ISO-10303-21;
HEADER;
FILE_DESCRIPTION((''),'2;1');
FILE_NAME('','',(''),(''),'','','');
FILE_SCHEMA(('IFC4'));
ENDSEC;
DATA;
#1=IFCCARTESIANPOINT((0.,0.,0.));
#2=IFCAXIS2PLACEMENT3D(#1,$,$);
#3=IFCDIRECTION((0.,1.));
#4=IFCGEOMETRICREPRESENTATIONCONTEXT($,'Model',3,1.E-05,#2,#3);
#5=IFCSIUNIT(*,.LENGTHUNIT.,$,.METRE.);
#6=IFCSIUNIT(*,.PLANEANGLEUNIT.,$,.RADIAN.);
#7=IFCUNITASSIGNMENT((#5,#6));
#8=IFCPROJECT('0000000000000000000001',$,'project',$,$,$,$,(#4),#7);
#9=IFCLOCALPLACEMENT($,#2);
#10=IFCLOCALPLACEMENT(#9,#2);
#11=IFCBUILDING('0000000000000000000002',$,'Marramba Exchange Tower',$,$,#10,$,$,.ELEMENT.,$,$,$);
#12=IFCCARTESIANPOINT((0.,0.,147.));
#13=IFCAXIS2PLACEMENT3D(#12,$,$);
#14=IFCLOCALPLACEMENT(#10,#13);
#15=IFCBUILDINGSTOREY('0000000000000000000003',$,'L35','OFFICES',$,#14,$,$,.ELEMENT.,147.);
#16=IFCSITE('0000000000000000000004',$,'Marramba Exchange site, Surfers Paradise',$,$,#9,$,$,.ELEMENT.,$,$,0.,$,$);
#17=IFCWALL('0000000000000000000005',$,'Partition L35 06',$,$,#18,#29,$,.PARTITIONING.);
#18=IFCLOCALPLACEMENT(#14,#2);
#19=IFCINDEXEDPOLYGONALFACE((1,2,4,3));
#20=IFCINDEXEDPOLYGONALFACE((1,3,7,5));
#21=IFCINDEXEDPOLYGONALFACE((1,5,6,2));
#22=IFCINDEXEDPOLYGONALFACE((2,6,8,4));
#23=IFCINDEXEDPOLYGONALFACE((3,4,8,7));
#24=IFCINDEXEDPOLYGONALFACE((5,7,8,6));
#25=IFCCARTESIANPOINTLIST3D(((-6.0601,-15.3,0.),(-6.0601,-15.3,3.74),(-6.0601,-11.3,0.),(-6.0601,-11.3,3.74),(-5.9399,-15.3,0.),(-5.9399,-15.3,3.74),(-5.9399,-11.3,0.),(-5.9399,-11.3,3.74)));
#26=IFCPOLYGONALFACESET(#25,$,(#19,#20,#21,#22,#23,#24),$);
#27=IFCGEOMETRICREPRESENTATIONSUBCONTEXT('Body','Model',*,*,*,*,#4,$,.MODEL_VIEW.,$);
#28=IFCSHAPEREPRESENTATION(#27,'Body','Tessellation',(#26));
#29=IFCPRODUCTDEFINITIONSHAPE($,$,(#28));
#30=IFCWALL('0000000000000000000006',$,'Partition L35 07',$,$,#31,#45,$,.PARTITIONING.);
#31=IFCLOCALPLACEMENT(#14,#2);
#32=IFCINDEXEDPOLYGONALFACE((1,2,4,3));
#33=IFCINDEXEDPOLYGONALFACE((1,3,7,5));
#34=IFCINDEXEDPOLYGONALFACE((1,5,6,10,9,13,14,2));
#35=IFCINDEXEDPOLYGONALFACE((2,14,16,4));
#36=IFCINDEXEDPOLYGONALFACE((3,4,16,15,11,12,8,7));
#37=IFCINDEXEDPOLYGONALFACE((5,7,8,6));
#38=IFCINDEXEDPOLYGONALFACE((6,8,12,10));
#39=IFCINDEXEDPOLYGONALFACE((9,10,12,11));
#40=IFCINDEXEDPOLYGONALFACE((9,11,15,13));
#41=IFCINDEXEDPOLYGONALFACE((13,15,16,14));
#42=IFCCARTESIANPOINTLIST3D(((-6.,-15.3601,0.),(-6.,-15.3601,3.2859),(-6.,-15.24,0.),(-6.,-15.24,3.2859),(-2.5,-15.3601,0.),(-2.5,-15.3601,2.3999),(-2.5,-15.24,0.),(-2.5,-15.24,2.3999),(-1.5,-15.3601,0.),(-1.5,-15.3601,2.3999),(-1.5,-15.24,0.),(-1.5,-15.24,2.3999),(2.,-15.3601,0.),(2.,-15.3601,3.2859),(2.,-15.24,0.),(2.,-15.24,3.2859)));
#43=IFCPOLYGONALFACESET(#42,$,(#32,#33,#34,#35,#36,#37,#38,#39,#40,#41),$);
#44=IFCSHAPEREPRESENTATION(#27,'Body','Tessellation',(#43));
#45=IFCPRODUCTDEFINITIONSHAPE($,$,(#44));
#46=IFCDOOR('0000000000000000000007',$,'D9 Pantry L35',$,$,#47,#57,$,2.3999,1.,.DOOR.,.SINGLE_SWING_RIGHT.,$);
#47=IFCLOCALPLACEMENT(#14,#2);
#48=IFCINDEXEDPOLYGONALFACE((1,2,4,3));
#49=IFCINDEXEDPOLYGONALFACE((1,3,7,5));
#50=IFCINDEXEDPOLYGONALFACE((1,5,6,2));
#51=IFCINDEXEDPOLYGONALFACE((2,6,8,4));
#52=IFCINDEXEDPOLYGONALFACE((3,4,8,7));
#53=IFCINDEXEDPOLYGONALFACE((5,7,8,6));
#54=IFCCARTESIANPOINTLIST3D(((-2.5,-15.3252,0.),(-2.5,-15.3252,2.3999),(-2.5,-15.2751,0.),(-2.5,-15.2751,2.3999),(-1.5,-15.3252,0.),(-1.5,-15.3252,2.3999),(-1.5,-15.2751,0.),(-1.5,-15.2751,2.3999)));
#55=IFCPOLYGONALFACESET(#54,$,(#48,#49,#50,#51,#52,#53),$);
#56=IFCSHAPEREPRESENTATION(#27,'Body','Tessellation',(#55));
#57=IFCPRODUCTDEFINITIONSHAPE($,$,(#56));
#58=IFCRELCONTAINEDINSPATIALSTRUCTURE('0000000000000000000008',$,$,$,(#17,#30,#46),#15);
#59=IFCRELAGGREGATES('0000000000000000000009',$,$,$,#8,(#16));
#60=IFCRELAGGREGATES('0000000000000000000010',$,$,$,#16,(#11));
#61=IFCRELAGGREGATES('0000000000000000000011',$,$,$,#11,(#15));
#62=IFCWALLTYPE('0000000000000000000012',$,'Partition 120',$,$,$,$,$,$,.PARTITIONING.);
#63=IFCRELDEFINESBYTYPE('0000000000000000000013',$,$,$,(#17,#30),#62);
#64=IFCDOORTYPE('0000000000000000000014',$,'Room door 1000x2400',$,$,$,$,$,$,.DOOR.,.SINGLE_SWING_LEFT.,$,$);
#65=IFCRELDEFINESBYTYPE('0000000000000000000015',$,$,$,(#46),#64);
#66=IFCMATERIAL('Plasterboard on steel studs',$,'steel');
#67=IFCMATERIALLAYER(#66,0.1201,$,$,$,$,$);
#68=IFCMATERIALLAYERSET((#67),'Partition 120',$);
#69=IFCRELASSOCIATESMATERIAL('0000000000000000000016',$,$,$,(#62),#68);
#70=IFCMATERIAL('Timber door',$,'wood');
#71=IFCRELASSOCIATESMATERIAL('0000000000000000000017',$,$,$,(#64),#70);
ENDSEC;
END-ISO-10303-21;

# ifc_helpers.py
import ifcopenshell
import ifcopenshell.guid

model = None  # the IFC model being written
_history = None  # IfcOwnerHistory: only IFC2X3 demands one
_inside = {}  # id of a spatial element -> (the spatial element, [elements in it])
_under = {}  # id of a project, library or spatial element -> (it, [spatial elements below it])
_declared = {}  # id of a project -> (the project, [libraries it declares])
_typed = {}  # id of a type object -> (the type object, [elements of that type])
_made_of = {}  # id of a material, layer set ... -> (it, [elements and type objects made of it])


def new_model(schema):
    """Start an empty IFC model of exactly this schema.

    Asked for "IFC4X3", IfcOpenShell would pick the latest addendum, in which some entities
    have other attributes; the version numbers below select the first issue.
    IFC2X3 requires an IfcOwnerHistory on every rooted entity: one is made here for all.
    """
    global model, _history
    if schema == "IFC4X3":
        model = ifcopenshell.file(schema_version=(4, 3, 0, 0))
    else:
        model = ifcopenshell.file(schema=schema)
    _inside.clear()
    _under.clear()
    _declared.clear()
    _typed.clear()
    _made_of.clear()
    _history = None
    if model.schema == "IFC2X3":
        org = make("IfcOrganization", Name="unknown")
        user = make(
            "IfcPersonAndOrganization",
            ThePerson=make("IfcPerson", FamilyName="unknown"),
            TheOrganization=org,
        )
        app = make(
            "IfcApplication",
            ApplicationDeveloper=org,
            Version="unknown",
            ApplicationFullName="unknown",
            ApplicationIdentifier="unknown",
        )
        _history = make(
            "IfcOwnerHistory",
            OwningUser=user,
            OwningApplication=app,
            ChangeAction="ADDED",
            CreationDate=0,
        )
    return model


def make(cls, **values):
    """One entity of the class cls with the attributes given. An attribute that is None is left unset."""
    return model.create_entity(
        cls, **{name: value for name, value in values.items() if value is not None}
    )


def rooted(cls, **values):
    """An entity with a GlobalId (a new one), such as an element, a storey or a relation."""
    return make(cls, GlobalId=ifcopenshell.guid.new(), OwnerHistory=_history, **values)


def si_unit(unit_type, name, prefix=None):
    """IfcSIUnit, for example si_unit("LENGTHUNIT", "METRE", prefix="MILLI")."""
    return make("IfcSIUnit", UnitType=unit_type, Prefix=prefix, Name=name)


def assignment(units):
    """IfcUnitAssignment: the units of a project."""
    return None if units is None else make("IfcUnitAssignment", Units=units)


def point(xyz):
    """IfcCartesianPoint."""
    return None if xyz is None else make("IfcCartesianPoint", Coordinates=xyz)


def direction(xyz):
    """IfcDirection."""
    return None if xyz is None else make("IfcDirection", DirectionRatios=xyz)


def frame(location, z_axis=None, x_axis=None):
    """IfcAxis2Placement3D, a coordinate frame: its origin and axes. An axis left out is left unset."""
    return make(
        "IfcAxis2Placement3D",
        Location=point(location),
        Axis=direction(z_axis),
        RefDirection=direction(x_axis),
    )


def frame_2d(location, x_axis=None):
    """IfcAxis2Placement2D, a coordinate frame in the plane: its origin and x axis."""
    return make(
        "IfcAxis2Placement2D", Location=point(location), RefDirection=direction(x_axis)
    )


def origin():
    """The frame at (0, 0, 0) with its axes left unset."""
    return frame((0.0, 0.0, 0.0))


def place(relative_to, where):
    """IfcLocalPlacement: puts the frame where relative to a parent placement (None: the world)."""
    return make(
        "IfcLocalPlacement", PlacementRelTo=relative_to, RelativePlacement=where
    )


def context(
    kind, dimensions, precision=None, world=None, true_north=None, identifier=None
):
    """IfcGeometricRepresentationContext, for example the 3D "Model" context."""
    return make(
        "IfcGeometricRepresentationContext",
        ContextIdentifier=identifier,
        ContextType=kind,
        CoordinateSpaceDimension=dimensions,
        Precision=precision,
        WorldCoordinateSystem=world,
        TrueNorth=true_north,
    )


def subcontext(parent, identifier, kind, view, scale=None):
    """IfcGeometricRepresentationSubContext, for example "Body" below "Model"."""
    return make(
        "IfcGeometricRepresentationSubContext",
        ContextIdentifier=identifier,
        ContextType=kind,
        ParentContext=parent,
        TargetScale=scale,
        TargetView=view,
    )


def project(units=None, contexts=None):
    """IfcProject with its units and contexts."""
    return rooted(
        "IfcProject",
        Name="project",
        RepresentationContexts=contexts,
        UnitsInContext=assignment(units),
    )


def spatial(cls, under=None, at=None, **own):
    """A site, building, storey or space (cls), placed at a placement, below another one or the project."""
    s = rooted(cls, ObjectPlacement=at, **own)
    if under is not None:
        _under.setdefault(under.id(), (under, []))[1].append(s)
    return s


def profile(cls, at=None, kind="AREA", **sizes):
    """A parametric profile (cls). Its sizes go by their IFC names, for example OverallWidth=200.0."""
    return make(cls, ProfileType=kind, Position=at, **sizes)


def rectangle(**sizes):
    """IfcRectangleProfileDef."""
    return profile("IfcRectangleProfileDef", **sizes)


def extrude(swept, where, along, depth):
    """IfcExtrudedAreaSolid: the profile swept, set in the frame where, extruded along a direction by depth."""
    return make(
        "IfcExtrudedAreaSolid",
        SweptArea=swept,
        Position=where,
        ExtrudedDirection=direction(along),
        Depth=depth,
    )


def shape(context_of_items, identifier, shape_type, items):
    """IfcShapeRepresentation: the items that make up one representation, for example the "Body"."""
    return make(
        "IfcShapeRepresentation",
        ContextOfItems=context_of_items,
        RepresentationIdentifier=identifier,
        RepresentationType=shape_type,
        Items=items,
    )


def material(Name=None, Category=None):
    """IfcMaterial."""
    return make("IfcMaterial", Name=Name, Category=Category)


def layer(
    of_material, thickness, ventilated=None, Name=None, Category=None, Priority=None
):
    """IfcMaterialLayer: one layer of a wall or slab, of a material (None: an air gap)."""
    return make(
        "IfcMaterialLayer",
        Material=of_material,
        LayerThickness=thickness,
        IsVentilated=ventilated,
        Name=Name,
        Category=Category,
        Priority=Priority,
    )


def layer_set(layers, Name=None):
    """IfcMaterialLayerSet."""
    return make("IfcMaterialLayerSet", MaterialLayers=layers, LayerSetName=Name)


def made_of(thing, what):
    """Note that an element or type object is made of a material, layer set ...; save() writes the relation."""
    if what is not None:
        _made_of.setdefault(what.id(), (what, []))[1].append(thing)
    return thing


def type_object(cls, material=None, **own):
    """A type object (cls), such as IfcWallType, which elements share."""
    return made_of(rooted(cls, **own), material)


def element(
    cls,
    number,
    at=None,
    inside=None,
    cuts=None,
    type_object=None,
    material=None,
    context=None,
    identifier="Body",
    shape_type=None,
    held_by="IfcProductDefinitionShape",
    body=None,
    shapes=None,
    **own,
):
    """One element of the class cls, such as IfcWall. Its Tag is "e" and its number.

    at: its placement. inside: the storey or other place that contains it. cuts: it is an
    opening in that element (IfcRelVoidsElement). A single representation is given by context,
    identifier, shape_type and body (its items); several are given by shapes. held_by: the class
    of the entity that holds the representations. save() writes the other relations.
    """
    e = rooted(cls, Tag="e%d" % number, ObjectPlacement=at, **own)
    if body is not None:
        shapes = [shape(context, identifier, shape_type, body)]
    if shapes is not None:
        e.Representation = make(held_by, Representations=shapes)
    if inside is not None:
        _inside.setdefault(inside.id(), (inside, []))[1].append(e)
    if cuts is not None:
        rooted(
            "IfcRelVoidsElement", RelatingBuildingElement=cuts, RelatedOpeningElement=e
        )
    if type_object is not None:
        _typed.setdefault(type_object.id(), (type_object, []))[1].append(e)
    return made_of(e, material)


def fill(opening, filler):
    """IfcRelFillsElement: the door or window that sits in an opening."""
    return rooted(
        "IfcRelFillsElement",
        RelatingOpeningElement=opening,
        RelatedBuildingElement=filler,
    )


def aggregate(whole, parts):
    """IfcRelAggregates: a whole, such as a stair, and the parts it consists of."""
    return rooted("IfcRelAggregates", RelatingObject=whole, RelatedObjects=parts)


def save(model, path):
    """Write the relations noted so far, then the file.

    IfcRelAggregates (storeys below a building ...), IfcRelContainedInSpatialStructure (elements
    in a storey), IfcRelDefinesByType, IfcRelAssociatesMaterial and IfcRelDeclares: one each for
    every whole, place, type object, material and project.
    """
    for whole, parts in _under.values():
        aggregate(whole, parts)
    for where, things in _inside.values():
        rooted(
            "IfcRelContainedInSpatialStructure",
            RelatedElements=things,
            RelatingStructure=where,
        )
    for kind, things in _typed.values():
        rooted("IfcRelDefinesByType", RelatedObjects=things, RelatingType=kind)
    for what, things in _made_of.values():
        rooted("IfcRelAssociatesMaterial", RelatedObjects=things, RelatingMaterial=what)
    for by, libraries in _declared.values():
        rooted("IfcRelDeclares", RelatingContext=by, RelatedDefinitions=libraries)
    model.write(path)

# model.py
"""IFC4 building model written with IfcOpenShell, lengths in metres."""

from ifc_helpers import new_model, si_unit, direction, frame, frame_2d, origin, place, context, subcontext, project, spatial, rectangle, extrude, material, layer, layer_set, type_object, element, fill, save


model = new_model("IFC4")

# Units and contexts
model_context = context("Model", 3, precision=1e-05, world=origin(), true_north=direction((0.0, 1.0)))
body_context = subcontext(model_context, "Body", "Model", "MODEL_VIEW")
ifc_project = project(units=[si_unit("LENGTHUNIT", "METRE"), si_unit("PLANEANGLEUNIT", "RADIAN")], contexts=[model_context])

# Site, building, storey
site_placement = place(None, origin())
site = spatial("IfcSite", under=ifc_project, at=site_placement, Name="Marramba Exchange site, Surfers Paradise", CompositionType="ELEMENT", RefElevation=0.0)
building_placement = place(site_placement, origin())
building = spatial("IfcBuilding", under=site, at=building_placement, Name="Marramba Exchange Tower", CompositionType="ELEMENT")
storey_placement = place(building_placement, frame((0.0, 0.0, 147.0)))
storey = spatial("IfcBuildingStorey", under=building, at=storey_placement, Name="L35", Description="OFFICES", CompositionType="ELEMENT", Elevation=147.0)

# Wall
ifc_material_1 = material(Name="Plasterboard on steel studs", Category="steel")
ifc_layer_1 = layer(ifc_material_1, 0.1201)
ifc_layer_set_1 = layer_set([ifc_layer_1], Name="Partition 120")
wall_type_1 = type_object("IfcWallType", Name="Partition 120", PredefinedType="PARTITIONING", material=ifc_layer_set_1)
wall_1_placement = place(storey_placement, frame((-6.0, -11.3, 0.0), z_axis=(0.0, 0.0, 1.0), x_axis=(0.0, -1.0, 0.0)))
element("IfcWall", 1, at=wall_1_placement, inside=storey, type_object=wall_type_1, Name="Partition L35 06", PredefinedType="PARTITIONING", context=body_context, shape_type="SweptSolid", body=[
    extrude(rectangle(XDim=4.0, YDim=0.1201, at=frame_2d((2.0, 0.0))), origin(), (0.0, 0.0, 1.0), 3.74),
])

# Wall, opening, door
wall_2_placement = place(storey_placement, frame((-6.0, -15.3, 0.0), z_axis=(0.0, 0.0, 1.0), x_axis=(1.0, 0.0, 0.0)))
wall_2 = element("IfcWall", 2, at=wall_2_placement, inside=storey, type_object=wall_type_1, Name="Partition L35 07", PredefinedType="PARTITIONING", context=body_context, shape_type="SweptSolid", body=[
    extrude(rectangle(XDim=8.0, YDim=0.1201, at=frame_2d((4.0, 0.0))), origin(), (0.0, 0.0, 1.0), 3.2859),
])
opening_1_placement = place(wall_2_placement, frame((3.5, 0.0, 0.0)))
opening_1 = element("IfcOpeningElement", 3, at=opening_1_placement, cuts=wall_2, PredefinedType="OPENING", context=body_context, shape_type="SweptSolid", body=[
    extrude(rectangle(XDim=1.0, YDim=2.3999, at=frame_2d((0.5, 1.2))), frame((0.0, 0.0701, 0.0), z_axis=(0.0, -1.0, 0.0), x_axis=(1.0, 0.0, 0.0)), (0.0, 0.0, 1.0), 0.1401),
])
ifc_material_2 = material(Name="Timber door", Category="wood")
door_type_1 = type_object("IfcDoorType", Name="Room door 1000x2400", OperationType="SINGLE_SWING_LEFT", PredefinedType="DOOR", material=ifc_material_2)
door_1_placement = place(opening_1_placement, origin())
door_1 = element("IfcDoor", 4, at=door_1_placement, inside=storey, type_object=door_type_1, Name="D9 Pantry L35", OperationType="SINGLE_SWING_RIGHT", OverallHeight=2.3999, OverallWidth=1.0, PredefinedType="DOOR", context=body_context, shape_type="SweptSolid", body=[
    extrude(rectangle(XDim=1.0, YDim=2.3999, at=frame_2d((0.5, 1.2))), frame((0.0, 0.0249, 0.0), z_axis=(0.0, -1.0, 0.0), x_axis=(1.0, 0.0, 0.0)), (0.0, 0.0, 1.0), 0.05),
])
fill(opening_1, door_1)

save(model, "model.ifc")
